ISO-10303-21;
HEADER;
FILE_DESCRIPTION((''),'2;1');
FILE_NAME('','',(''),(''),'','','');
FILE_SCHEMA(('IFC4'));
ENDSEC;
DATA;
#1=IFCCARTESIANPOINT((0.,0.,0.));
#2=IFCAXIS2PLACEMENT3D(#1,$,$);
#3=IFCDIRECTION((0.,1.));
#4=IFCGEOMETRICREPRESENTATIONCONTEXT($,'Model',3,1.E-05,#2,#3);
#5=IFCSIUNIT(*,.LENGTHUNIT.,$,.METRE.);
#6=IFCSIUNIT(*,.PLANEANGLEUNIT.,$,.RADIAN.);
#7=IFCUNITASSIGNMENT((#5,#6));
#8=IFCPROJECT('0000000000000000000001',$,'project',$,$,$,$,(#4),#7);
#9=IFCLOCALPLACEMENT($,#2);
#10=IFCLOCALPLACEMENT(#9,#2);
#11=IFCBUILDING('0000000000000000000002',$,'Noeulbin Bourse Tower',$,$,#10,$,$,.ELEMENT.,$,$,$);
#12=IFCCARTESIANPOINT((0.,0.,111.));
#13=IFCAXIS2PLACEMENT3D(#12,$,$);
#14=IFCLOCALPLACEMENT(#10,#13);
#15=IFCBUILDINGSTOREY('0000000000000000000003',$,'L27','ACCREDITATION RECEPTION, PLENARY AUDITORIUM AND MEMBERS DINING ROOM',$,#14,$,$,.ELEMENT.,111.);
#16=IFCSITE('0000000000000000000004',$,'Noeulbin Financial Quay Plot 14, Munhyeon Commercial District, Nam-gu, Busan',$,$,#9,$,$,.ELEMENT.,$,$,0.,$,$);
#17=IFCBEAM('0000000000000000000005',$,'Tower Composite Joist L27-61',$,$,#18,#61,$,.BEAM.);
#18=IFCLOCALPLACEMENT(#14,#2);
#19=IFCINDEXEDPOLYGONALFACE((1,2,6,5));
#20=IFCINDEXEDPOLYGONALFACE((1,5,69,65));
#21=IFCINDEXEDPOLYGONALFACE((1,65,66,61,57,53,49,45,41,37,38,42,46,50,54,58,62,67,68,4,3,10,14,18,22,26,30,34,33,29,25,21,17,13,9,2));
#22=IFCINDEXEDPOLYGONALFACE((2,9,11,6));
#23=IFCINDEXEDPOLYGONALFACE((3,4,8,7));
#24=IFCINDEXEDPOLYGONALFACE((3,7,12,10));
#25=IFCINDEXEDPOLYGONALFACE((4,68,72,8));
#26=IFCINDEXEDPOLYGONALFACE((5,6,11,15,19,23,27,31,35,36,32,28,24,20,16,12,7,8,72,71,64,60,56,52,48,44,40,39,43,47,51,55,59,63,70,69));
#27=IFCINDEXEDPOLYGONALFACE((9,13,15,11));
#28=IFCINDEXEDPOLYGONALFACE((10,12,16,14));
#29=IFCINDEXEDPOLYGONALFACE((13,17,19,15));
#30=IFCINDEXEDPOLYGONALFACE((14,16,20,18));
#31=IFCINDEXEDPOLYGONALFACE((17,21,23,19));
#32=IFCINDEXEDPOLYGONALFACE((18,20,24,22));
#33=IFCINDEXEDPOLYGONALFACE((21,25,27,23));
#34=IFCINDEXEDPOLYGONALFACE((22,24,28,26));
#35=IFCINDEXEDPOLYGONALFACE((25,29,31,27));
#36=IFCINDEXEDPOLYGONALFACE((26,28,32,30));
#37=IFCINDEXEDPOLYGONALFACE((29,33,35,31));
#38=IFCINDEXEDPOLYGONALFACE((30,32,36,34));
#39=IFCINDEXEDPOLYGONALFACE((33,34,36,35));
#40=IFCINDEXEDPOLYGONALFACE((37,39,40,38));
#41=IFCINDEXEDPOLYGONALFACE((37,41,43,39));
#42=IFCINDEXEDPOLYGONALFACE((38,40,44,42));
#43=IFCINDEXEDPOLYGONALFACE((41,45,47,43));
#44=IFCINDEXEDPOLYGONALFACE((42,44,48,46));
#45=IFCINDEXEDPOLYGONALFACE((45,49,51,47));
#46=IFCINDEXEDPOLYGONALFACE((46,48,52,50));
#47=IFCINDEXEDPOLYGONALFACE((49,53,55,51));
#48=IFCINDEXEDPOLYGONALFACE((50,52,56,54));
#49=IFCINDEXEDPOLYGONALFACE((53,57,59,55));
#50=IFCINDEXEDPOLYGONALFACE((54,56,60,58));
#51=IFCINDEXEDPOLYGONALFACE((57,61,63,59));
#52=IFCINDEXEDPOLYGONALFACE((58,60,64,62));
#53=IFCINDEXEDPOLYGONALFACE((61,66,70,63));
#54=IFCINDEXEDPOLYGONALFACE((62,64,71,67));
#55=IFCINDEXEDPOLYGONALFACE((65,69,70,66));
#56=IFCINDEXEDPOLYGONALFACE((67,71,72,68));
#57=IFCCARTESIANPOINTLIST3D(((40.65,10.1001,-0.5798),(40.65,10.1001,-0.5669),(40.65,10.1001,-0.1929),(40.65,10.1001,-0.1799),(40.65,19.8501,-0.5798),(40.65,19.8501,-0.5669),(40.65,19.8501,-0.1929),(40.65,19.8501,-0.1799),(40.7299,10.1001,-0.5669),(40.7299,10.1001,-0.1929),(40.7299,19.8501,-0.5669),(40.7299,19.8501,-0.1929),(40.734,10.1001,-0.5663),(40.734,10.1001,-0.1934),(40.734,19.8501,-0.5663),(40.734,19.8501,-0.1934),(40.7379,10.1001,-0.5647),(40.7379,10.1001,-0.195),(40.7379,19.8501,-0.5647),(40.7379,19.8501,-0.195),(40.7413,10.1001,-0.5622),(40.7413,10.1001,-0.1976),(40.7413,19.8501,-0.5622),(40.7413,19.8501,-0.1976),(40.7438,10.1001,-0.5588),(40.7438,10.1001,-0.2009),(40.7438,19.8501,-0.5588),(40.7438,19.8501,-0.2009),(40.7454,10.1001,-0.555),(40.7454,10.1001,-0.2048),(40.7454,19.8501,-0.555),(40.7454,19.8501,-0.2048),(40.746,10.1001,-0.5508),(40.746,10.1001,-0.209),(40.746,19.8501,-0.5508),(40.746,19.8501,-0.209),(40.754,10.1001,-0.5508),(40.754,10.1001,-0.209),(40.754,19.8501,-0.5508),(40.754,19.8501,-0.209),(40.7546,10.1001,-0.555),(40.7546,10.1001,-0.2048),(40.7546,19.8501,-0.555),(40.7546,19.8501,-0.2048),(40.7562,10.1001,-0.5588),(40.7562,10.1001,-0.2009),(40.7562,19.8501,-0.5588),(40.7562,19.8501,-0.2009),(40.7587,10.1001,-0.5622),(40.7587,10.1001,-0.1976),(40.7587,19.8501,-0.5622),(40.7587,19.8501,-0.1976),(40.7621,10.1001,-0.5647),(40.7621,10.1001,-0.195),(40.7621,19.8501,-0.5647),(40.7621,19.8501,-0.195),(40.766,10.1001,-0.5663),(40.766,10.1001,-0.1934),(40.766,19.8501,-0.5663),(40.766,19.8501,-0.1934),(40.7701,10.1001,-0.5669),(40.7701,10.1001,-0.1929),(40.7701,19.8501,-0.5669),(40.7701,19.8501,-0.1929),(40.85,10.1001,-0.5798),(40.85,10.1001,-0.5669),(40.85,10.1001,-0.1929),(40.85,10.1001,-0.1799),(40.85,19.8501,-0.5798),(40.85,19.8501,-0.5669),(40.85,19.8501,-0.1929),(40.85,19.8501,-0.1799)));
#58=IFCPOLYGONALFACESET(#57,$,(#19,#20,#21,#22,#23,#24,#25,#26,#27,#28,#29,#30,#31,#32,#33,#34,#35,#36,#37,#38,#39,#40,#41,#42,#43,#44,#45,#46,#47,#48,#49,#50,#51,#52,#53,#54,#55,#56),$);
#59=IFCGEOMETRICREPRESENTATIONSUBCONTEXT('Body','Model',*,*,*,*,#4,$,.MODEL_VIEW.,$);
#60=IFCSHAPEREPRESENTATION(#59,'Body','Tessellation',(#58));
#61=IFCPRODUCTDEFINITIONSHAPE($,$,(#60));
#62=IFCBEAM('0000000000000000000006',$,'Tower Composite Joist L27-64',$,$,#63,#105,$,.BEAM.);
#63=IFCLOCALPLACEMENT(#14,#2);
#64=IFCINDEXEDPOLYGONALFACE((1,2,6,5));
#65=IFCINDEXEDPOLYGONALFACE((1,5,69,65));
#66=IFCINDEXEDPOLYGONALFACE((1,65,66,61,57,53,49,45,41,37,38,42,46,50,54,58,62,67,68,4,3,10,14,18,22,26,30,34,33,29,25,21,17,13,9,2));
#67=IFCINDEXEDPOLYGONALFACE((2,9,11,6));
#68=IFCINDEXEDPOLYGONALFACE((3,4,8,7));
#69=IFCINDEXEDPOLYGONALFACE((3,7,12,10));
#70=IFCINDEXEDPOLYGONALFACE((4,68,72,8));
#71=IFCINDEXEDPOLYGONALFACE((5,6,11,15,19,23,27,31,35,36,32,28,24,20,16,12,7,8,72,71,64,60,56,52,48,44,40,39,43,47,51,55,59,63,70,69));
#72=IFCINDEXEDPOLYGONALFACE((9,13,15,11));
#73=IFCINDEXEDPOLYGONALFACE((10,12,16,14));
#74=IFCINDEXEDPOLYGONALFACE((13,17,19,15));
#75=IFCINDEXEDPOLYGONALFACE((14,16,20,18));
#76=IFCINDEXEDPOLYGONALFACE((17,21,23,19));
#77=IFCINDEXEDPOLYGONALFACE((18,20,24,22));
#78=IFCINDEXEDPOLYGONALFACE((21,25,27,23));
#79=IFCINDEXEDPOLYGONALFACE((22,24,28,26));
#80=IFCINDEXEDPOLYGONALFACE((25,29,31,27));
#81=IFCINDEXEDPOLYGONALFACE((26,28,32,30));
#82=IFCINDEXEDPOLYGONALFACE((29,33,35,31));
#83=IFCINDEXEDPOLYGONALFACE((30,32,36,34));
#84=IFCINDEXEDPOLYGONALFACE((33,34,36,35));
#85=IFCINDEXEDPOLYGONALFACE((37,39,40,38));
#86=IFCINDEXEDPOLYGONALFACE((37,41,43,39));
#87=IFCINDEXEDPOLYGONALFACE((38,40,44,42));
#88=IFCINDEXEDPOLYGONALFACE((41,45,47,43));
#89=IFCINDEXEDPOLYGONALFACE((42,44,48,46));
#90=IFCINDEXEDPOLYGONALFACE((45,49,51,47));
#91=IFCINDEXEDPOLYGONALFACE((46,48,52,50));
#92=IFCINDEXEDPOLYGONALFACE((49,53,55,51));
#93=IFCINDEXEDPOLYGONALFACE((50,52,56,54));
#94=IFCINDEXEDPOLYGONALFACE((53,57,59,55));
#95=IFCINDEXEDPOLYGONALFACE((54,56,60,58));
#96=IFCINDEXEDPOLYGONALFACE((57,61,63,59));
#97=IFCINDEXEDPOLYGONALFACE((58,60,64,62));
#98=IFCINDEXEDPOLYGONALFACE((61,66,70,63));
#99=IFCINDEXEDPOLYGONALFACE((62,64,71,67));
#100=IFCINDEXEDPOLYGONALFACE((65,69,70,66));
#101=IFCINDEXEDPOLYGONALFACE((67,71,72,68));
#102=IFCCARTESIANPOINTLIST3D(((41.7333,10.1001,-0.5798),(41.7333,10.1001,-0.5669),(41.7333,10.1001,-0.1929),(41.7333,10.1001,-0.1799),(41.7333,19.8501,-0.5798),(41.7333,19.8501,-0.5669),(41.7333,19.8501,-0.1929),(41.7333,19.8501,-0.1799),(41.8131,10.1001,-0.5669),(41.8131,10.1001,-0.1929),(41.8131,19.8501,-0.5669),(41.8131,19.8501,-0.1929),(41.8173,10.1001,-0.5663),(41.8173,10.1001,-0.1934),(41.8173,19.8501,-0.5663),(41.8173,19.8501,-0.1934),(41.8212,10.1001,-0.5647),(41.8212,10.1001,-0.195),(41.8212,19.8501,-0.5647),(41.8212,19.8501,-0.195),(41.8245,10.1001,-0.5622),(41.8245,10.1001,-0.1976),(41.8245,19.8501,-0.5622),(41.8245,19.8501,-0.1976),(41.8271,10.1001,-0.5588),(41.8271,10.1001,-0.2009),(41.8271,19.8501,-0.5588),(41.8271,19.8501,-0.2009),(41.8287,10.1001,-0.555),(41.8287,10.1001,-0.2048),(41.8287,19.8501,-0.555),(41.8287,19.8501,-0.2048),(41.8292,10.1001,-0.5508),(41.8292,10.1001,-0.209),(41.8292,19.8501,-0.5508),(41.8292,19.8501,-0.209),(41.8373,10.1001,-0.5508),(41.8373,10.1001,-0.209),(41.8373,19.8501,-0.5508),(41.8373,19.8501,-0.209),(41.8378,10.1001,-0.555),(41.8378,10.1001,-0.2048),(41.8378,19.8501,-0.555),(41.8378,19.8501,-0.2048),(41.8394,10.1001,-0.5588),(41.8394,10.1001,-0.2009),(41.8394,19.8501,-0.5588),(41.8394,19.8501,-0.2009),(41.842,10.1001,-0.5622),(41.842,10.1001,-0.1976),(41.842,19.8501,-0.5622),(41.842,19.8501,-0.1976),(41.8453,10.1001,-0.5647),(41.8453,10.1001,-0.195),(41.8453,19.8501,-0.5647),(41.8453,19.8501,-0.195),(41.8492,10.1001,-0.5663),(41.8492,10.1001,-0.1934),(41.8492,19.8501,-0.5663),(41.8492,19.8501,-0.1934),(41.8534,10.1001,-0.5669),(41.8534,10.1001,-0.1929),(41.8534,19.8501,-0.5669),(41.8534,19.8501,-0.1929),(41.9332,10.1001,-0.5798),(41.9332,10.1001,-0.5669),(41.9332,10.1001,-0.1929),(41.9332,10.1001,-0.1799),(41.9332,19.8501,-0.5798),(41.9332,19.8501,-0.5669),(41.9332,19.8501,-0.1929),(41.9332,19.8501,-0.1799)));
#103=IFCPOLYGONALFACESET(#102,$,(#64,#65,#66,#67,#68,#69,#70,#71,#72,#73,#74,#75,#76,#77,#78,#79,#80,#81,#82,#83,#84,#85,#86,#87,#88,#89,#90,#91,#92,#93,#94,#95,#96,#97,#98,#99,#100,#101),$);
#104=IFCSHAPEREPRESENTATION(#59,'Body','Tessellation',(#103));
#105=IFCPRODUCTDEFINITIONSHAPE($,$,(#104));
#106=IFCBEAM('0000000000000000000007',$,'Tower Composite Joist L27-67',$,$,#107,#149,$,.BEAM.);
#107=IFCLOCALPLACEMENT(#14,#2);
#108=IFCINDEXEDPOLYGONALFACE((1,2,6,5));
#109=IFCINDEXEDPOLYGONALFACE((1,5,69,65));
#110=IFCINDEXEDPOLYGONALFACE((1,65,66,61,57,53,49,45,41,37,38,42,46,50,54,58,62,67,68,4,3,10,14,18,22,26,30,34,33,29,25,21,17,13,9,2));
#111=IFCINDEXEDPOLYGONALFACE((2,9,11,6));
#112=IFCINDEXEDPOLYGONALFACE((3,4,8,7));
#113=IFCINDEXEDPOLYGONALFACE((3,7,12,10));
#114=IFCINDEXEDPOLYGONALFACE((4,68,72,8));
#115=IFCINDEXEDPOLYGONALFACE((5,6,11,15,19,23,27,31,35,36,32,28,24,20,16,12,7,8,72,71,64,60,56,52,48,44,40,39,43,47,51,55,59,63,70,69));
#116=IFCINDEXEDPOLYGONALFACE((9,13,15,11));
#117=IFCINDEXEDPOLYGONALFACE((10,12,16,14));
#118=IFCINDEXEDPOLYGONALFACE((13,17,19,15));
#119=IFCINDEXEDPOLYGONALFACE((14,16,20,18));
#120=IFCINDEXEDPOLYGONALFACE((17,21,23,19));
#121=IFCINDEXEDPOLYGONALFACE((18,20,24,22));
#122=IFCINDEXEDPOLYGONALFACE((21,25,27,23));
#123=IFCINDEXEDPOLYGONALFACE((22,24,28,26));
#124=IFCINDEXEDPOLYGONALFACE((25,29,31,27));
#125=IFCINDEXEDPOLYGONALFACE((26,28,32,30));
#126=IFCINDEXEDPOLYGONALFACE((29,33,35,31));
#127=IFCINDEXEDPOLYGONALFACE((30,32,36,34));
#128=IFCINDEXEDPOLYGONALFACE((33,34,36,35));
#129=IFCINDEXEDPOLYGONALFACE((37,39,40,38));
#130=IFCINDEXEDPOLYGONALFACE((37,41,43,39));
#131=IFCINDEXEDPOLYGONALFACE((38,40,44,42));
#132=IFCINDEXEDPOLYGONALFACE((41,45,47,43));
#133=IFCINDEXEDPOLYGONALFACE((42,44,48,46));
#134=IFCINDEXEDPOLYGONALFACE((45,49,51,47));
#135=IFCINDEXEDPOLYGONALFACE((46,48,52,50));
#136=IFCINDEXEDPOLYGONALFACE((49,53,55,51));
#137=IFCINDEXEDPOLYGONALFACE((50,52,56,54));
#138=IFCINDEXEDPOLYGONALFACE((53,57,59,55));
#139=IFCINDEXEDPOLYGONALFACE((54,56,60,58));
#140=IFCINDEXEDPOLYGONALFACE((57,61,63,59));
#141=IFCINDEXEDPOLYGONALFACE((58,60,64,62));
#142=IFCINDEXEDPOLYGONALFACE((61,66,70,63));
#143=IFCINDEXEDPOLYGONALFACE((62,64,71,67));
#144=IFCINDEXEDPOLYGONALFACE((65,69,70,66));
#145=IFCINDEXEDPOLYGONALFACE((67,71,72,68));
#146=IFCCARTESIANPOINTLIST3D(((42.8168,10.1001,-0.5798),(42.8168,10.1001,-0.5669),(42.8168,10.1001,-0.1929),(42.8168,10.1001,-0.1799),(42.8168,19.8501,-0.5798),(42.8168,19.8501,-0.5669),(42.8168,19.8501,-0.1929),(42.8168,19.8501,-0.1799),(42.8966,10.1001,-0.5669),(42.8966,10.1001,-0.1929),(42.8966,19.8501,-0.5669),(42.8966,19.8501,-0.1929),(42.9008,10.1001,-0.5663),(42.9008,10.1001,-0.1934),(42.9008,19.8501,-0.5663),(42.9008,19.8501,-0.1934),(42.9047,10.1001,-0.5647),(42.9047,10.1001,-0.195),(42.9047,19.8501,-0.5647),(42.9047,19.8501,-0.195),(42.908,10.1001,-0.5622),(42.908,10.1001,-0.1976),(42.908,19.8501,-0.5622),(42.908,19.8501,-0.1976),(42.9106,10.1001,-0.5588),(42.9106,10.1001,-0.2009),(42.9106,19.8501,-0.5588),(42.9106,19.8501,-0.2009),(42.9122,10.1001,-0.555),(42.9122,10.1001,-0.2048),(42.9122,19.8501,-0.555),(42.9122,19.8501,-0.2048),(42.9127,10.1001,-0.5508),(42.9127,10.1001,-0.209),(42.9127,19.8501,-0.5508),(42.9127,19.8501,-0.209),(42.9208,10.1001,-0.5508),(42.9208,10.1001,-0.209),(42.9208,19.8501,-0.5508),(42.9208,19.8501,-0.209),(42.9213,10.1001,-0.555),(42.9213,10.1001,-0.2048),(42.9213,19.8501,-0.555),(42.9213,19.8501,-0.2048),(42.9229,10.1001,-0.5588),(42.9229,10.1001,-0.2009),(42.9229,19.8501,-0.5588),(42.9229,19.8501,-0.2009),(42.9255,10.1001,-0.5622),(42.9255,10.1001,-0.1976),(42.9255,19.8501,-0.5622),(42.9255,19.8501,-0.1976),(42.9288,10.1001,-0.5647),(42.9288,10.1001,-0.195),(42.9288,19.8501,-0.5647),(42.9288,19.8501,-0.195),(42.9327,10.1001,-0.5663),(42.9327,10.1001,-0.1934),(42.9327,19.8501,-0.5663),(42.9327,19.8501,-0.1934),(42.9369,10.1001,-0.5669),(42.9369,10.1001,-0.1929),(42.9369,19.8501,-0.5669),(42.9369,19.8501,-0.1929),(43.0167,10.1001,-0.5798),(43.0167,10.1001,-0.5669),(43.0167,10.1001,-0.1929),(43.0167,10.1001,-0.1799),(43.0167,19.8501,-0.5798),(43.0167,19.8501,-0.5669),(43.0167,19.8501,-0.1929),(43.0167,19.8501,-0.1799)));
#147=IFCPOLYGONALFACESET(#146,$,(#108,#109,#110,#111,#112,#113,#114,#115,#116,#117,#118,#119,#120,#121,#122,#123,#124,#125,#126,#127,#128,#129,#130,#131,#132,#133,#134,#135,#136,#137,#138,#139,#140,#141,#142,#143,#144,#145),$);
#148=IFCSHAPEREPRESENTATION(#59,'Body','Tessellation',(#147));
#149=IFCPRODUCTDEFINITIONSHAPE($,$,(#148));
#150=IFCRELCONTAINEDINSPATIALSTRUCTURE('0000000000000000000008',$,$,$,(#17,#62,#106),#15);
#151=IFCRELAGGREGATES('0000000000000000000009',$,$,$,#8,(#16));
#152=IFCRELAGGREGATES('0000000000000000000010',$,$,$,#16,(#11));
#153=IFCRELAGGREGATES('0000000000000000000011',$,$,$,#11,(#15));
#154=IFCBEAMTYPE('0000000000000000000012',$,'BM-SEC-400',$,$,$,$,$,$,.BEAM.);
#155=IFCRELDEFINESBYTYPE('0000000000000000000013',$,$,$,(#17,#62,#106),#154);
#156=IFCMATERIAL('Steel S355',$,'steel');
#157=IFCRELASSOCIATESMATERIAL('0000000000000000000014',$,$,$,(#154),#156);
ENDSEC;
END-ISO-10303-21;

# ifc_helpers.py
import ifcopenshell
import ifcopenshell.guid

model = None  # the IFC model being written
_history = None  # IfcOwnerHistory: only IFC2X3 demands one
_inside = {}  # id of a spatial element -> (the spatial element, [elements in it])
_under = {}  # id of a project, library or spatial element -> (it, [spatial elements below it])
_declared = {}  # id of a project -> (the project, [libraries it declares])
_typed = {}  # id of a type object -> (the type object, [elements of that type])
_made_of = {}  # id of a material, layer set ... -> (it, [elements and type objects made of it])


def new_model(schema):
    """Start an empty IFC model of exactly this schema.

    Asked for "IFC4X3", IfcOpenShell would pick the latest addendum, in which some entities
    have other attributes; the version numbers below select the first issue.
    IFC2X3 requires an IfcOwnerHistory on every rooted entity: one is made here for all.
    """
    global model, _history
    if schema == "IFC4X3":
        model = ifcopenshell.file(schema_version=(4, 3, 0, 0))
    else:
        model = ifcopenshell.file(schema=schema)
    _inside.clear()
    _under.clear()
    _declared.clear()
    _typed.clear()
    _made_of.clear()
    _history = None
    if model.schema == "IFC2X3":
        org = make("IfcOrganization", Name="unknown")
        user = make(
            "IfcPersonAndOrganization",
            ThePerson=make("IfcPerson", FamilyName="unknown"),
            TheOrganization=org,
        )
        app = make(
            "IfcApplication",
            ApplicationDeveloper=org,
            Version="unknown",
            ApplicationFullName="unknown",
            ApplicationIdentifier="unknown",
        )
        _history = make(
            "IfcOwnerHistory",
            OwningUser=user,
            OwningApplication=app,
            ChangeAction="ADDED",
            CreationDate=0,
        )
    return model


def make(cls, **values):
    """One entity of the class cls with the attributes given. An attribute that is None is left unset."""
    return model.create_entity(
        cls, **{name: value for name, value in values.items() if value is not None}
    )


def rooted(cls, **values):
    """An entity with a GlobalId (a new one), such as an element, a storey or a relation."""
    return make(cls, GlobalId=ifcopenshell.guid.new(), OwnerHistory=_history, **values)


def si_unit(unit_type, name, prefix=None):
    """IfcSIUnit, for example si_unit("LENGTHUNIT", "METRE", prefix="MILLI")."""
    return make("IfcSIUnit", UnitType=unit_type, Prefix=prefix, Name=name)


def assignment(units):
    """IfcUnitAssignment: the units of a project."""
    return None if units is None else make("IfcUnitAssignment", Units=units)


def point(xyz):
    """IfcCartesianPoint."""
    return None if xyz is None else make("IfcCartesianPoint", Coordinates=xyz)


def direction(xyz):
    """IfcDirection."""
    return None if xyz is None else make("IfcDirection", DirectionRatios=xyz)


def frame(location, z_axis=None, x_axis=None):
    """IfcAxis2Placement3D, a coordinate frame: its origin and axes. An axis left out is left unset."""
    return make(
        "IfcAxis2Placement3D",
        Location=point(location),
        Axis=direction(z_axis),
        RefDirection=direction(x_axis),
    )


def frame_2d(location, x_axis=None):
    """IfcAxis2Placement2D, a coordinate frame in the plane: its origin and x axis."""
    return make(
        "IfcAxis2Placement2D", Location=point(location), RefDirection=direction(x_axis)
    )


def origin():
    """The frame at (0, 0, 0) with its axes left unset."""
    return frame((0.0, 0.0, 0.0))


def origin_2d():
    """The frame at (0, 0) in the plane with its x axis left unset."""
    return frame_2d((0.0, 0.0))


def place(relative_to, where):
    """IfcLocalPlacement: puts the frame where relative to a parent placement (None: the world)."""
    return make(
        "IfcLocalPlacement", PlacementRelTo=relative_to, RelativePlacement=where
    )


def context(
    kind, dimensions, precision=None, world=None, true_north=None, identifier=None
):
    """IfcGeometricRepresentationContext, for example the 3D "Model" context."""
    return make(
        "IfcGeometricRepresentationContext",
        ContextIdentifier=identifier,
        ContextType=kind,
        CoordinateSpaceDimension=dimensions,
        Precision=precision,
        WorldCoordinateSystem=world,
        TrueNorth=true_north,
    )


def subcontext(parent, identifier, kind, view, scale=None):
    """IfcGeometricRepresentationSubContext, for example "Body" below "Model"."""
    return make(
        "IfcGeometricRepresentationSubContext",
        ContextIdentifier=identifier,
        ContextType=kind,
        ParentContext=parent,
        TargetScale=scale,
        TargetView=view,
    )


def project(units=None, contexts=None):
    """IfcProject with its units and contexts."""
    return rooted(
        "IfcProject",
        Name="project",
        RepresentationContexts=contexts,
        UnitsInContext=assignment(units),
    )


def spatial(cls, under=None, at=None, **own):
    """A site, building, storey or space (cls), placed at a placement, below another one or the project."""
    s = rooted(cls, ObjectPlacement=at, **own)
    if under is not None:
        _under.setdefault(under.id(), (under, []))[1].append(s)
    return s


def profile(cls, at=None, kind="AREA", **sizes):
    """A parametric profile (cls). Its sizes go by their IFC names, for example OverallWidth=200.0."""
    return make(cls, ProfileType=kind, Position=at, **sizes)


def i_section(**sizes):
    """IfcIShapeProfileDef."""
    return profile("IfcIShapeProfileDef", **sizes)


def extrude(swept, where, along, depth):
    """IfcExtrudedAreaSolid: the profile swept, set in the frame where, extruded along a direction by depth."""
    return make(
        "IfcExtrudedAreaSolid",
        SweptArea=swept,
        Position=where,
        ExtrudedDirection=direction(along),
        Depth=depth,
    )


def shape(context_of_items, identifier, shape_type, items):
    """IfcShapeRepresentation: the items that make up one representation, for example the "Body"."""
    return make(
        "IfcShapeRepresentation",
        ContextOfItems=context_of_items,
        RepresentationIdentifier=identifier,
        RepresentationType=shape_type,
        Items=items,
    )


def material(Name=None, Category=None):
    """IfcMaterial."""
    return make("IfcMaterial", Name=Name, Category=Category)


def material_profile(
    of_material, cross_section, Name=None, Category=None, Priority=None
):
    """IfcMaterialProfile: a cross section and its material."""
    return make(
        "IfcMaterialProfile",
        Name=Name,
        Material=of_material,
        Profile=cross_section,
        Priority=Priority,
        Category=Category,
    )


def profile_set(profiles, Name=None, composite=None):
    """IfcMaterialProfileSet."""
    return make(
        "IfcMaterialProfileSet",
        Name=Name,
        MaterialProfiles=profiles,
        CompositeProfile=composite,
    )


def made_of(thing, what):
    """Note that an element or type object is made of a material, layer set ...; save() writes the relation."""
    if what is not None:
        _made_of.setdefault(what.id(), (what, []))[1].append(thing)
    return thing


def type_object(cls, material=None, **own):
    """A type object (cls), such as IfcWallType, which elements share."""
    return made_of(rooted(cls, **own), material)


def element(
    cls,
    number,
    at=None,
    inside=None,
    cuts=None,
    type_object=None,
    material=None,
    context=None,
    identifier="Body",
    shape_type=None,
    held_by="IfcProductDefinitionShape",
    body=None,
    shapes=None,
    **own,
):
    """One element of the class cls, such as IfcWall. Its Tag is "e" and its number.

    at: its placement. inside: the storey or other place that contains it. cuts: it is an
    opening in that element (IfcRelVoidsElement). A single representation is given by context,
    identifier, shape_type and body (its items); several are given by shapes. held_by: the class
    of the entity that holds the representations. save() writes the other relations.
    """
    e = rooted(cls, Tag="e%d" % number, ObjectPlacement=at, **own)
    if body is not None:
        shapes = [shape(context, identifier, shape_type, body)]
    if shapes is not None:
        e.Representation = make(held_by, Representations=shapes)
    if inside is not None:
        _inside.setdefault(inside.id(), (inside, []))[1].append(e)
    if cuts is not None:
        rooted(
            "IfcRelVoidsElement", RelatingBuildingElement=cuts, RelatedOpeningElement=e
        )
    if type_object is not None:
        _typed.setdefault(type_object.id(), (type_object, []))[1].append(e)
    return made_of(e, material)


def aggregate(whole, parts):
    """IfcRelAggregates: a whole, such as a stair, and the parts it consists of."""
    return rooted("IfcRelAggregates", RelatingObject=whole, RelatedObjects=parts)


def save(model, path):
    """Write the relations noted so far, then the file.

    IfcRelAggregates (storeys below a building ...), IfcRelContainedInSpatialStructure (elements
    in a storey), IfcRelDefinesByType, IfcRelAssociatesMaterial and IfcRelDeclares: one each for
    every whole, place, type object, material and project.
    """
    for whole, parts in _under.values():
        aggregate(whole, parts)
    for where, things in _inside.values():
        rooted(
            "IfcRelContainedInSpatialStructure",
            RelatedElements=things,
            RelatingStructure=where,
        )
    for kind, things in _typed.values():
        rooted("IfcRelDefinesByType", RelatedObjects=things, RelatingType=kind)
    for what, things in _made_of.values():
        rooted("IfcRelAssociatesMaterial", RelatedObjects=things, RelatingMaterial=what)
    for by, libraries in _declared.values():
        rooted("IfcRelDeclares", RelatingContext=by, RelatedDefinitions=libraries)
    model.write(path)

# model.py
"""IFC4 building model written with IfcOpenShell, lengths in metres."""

from ifc_helpers import new_model, si_unit, direction, frame, origin, origin_2d, place, context, subcontext, project, spatial, i_section, extrude, material, material_profile, profile_set, type_object, element, save


model = new_model("IFC4")

# Units and contexts
model_context = context("Model", 3, precision=1e-05, world=origin(), true_north=direction((0.0, 1.0)))
body_context = subcontext(model_context, "Body", "Model", "MODEL_VIEW")
ifc_project = project(units=[si_unit("LENGTHUNIT", "METRE"), si_unit("PLANEANGLEUNIT", "RADIAN")], contexts=[model_context])

# Site, building, storey
site_placement = place(None, origin())
site = spatial("IfcSite", under=ifc_project, at=site_placement, Name="Noeulbin Financial Quay Plot 14, Munhyeon Commercial District, Nam-gu, Busan", CompositionType="ELEMENT", RefElevation=0.0)
building_placement = place(site_placement, origin())
building = spatial("IfcBuilding", under=site, at=building_placement, Name="Noeulbin Bourse Tower", CompositionType="ELEMENT")
storey_placement = place(building_placement, frame((0.0, 0.0, 111.0)))
storey = spatial("IfcBuildingStorey", under=building, at=storey_placement, Name="L27", Description="ACCREDITATION RECEPTION, PLENARY AUDITORIUM AND MEMBERS DINING ROOM", CompositionType="ELEMENT", Elevation=111.0)

# Shared definitions
ifc_material_1 = material(Name="Steel S355", Category="steel")

# Beams
ifc_material_profile_1 = material_profile(ifc_material_1, i_section(OverallWidth=0.2, OverallDepth=0.3999, WebThickness=0.0081, FlangeThickness=0.0129, FilletRadius=0.0161, at=origin_2d()), Name="H-400x200x8x13", Category="LoadBearing")
ifc_profile_set_1 = profile_set([ifc_material_profile_1], Name="Steel S355")
beam_type_1 = type_object("IfcBeamType", Name="BM-SEC-400", PredefinedType="BEAM", material=ifc_profile_set_1)
for number, where, z_axis, x_axis, name in (
    (1, (40.75, 10.1001, -0.3799), (0.0, 1.0, 0.0), (-1.0, 0.0, 0.0), "Tower Composite Joist L27-61"),
    (2, (41.8333, 10.1001, -0.3799), (0.0, 1.0, 0.0), (-1.0, 0.0, 0.0), "Tower Composite Joist L27-64"),
    (3, (42.9167, 10.1001, -0.3799), (0.0, 1.0, 0.0), (-1.0, 0.0, 0.0), "Tower Composite Joist L27-67"),
):
    element("IfcBeam", number, at=place(storey_placement, frame(where, z_axis=z_axis, x_axis=x_axis)), inside=storey, type_object=beam_type_1, Name=name, PredefinedType="BEAM", context=body_context, shape_type="SweptSolid", body=[
        extrude(i_section(OverallWidth=0.2, OverallDepth=0.3999, WebThickness=0.0081, FlangeThickness=0.0129, FilletRadius=0.0161, at=origin_2d()), origin(), (0.0, 0.0, 1.0), 9.75),
    ])

save(model, "model.ifc")
